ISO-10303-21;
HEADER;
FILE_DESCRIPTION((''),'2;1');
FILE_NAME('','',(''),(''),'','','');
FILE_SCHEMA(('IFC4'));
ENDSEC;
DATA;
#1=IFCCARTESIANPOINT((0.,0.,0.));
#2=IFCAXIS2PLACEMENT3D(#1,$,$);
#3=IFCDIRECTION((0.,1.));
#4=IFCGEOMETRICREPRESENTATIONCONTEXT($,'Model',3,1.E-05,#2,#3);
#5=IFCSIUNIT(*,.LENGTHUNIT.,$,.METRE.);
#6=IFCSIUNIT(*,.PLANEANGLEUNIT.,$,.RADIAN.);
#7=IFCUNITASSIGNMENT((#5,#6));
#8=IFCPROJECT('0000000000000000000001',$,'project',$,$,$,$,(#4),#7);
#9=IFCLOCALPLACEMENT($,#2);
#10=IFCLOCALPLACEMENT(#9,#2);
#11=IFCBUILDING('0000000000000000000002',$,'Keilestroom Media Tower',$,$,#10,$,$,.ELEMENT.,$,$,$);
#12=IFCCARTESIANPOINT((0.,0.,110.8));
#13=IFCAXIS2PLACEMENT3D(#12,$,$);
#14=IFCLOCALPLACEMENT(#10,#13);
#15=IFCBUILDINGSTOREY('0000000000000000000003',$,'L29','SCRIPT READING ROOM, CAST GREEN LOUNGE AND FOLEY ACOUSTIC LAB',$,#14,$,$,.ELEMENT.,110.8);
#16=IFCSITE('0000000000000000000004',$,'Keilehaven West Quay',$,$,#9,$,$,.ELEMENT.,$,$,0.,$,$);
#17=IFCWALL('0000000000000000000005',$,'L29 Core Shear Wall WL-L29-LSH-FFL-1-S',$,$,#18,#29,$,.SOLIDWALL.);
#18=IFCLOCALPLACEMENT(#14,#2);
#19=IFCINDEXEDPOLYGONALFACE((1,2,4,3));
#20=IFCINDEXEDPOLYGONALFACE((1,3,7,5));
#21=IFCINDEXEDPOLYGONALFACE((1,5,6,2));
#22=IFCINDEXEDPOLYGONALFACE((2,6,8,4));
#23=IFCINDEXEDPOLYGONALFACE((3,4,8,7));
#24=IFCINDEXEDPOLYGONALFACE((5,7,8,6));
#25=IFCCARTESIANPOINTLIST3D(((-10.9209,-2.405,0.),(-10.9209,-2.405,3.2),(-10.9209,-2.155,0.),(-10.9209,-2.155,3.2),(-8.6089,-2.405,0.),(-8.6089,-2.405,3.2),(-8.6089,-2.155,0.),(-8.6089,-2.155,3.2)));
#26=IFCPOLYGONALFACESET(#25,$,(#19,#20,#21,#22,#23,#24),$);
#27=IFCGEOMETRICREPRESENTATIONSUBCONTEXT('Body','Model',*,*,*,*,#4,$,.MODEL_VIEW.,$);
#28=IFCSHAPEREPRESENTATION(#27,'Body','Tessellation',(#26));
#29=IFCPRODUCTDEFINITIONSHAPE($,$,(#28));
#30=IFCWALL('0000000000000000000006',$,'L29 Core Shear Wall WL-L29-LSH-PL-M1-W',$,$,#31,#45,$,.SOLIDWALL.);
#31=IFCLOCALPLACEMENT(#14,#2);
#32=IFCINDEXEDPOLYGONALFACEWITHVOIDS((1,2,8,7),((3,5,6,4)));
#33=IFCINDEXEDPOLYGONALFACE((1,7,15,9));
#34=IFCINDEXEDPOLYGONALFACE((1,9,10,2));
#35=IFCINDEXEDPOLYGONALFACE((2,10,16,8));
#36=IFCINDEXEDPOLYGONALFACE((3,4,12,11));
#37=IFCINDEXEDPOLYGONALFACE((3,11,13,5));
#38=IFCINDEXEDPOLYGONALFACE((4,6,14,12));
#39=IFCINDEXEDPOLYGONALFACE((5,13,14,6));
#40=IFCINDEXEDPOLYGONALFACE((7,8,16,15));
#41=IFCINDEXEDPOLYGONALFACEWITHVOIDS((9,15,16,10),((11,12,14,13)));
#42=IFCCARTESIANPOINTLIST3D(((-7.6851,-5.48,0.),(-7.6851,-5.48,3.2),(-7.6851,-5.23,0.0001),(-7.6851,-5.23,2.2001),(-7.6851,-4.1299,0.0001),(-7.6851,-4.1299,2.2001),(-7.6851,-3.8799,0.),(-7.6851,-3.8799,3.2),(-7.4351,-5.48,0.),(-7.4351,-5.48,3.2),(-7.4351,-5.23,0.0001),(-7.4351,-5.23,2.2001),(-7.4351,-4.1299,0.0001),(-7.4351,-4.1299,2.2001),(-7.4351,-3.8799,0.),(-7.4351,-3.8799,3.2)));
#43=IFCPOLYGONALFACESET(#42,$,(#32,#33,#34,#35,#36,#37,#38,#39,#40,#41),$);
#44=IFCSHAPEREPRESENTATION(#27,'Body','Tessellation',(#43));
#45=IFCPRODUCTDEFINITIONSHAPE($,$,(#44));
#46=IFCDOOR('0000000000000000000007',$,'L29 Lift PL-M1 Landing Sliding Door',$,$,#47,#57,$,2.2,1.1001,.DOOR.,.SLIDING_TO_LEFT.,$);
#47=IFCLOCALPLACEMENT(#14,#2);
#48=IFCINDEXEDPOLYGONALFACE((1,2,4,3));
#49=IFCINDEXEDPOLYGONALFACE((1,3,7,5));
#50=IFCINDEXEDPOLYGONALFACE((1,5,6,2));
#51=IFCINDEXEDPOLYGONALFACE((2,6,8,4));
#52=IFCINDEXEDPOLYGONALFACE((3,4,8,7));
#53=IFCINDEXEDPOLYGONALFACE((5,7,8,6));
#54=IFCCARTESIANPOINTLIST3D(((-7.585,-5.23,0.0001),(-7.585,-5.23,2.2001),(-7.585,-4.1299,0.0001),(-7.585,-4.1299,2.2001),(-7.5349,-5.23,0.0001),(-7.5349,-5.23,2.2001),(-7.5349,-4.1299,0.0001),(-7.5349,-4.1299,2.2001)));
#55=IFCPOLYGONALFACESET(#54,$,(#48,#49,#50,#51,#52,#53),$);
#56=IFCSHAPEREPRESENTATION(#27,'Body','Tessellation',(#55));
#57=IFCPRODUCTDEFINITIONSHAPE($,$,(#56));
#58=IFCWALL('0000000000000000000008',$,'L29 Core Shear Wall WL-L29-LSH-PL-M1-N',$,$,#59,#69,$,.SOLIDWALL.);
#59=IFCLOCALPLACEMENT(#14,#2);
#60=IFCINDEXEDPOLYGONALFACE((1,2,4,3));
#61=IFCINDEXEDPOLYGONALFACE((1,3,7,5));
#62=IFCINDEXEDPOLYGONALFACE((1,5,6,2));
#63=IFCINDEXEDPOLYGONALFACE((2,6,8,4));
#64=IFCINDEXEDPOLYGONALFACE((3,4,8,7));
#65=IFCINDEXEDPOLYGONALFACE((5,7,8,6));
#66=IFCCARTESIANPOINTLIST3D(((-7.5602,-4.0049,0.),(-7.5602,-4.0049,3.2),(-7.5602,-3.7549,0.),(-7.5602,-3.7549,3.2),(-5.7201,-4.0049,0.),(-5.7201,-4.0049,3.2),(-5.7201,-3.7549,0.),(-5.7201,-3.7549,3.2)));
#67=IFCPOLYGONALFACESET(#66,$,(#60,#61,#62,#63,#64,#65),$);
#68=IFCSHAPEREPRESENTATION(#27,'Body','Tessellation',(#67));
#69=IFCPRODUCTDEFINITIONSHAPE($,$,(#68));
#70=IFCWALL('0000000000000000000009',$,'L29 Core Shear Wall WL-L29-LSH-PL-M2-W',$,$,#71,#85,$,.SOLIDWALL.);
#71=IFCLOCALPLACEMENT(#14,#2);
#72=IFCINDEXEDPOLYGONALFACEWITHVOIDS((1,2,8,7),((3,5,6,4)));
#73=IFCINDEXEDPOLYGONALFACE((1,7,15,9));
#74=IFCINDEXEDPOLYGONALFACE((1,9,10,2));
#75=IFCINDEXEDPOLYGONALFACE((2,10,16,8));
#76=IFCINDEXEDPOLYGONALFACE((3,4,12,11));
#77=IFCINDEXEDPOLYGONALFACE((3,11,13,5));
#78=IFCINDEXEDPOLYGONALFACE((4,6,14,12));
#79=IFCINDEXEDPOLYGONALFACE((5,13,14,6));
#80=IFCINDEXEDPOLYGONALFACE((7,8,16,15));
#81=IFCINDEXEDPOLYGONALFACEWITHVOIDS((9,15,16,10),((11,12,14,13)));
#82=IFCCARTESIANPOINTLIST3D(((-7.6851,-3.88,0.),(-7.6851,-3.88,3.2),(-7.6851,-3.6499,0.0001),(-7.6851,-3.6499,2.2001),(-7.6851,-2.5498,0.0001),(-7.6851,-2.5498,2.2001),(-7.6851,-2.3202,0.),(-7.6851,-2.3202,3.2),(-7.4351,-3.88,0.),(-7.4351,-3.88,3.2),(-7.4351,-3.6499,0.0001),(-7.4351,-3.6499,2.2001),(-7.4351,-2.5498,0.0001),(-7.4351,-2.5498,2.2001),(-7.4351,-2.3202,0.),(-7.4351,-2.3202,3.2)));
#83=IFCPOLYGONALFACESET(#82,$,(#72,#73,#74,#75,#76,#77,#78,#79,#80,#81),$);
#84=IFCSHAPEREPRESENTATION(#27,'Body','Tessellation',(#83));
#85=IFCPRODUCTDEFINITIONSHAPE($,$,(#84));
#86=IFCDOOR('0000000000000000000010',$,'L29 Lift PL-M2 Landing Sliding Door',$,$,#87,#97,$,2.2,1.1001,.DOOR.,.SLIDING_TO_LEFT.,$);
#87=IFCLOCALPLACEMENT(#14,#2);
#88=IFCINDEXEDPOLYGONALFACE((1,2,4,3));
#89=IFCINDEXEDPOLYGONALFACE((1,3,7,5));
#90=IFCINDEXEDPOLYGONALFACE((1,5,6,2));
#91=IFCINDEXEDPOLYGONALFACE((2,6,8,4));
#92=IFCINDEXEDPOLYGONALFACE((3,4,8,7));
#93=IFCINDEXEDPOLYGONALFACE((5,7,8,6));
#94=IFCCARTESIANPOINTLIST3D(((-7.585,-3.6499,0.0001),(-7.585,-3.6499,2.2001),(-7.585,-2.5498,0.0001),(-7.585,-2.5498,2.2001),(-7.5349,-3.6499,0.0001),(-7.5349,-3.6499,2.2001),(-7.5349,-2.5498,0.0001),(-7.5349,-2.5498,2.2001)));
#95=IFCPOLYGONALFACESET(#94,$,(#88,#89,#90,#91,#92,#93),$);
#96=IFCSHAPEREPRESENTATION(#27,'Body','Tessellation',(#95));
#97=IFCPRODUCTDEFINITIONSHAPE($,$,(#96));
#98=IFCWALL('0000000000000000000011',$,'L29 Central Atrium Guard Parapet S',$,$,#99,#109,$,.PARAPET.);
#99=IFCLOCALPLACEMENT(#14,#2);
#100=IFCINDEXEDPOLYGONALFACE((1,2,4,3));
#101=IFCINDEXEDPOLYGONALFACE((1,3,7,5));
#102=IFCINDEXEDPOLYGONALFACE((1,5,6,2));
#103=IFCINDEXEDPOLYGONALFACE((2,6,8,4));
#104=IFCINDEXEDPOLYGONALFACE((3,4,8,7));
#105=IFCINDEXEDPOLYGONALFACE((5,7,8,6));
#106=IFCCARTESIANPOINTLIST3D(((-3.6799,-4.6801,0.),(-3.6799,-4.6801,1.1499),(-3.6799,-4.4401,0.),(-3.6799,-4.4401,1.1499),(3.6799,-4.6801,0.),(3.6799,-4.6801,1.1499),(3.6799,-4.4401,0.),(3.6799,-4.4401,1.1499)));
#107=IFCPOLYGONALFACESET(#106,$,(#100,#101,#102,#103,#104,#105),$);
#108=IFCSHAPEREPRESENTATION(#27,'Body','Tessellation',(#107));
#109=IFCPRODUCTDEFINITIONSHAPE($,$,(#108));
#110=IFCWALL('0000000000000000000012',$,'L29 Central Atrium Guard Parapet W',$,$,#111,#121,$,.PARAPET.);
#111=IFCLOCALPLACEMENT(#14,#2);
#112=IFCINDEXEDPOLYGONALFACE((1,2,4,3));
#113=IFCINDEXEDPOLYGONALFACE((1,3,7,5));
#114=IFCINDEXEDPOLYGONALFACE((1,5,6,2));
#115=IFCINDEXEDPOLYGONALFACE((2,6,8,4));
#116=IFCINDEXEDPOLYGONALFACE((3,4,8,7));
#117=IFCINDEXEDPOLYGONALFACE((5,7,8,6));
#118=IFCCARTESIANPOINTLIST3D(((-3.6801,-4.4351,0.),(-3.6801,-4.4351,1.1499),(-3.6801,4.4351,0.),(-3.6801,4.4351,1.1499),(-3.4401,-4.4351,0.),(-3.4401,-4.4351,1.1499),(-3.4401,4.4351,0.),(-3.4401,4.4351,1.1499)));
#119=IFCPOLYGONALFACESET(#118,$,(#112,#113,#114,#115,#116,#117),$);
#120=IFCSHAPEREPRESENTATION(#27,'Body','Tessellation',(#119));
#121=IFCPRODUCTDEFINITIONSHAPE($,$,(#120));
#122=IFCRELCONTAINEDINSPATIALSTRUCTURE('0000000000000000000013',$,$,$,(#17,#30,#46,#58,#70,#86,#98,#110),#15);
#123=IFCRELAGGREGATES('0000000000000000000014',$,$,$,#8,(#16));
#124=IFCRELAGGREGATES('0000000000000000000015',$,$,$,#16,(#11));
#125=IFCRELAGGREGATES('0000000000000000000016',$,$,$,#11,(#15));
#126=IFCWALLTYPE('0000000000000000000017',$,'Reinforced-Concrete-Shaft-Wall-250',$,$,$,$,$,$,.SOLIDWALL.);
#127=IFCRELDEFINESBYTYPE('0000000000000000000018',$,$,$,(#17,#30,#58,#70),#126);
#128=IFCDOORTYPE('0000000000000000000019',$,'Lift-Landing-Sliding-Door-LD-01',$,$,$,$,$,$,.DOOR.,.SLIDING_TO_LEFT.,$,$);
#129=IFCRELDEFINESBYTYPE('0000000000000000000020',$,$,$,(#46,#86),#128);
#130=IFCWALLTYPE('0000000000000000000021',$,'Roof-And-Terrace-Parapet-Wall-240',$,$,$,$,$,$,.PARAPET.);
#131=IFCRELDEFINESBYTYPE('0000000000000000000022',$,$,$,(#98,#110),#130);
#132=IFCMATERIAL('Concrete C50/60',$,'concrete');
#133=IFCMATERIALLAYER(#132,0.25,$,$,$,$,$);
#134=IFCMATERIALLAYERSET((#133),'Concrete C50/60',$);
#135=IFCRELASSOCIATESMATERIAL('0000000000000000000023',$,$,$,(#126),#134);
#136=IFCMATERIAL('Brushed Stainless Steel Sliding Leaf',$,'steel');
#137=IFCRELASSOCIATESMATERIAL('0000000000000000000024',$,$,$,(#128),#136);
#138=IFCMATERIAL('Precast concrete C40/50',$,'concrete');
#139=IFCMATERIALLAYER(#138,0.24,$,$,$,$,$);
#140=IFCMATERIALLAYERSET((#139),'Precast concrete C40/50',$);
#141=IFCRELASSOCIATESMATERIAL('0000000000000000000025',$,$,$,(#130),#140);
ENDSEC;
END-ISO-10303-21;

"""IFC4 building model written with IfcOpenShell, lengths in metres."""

from ifc_helpers import new_model, si_unit, direction, frame, frame_2d, origin, place, context, subcontext, project, spatial, rectangle, extrude, source, transform, mapped, material, layer, layer_set, type_object, element, fill, save


model = new_model("IFC4")

# Units and contexts
model_context = context("Model", 3, precision=1e-05, world=origin(), true_north=direction((0.0, 1.0)))
body_context = subcontext(model_context, "Body", "Model", "MODEL_VIEW")
ifc_project = project(units=[si_unit("LENGTHUNIT", "METRE"), si_unit("PLANEANGLEUNIT", "RADIAN")], contexts=[model_context])

# Site, building, storey
site_placement = place(None, origin())
site = spatial("IfcSite", under=ifc_project, at=site_placement, Name="Keilehaven West Quay", CompositionType="ELEMENT", RefElevation=0.0)
building_placement = place(site_placement, origin())
building = spatial("IfcBuilding", under=site, at=building_placement, Name="Keilestroom Media Tower", CompositionType="ELEMENT")
storey_placement = place(building_placement, frame((0.0, 0.0, 110.8)))
storey = spatial("IfcBuildingStorey", under=building, at=storey_placement, Name="L29", Description="SCRIPT READING ROOM, CAST GREEN LOUNGE AND FOLEY ACOUSTIC LAB", CompositionType="ELEMENT", Elevation=110.8)

# Shared definitions
ifc_material_1 = material(Name="Concrete C50/60", Category="concrete")
ifc_layer_1 = layer(ifc_material_1, 0.25)
ifc_layer_set_1 = layer_set([ifc_layer_1], Name="Concrete C50/60")
wall_type_1 = type_object("IfcWallType", Name="Reinforced-Concrete-Shaft-Wall-250", PredefinedType="SOLIDWALL", material=ifc_layer_set_1)

# Shared definitions
ifc_material_2 = material(Name="Brushed Stainless Steel Sliding Leaf", Category="steel")

# Wall
wall_1_placement = place(storey_placement, frame((-10.9209, -2.28, 0.0), z_axis=(0.0, 0.0, 1.0), x_axis=(1.0, 0.0, 0.0)))
element("IfcWall", 1, at=wall_1_placement, inside=storey, type_object=wall_type_1, Name="L29 Core Shear Wall WL-L29-LSH-FFL-1-S", PredefinedType="SOLIDWALL", context=body_context, shape_type="SweptSolid", body=[
    extrude(rectangle(XDim=2.312, YDim=0.25, at=frame_2d((1.156, 0.0))), origin(), (0.0, 0.0, 1.0), 3.2),
])

# Wall, opening, door
wall_2_placement = place(storey_placement, frame((-7.5601, -5.48, 0.0), z_axis=(0.0, 0.0, 1.0), x_axis=(0.0, 1.0, 0.0)))
wall_2 = element("IfcWall", 2, at=wall_2_placement, inside=storey, type_object=wall_type_1, Name="L29 Core Shear Wall WL-L29-LSH-PL-M1-W", PredefinedType="SOLIDWALL", context=body_context, shape_type="SweptSolid", body=[
    extrude(rectangle(XDim=1.6001, YDim=0.25, at=frame_2d((0.8, 0.0))), origin(), (0.0, 0.0, 1.0), 3.2),
])
opening_1_placement = place(wall_2_placement, frame((0.25, 0.0, 0.0)))
opening_1 = element("IfcOpeningElement", 3, at=opening_1_placement, cuts=wall_2, PredefinedType="OPENING", context=body_context, shape_type="SweptSolid", body=[
    extrude(rectangle(XDim=1.1001, YDim=2.2, at=frame_2d((0.55, 1.1001))), frame((0.0, 0.135, 0.0), z_axis=(0.0, -1.0, 0.0), x_axis=(1.0, 0.0, 0.0)), (0.0, 0.0, 1.0), 0.27),
])
door_type_1 = type_object("IfcDoorType", Name="Lift-Landing-Sliding-Door-LD-01", OperationType="SLIDING_TO_LEFT", PredefinedType="DOOR", material=ifc_material_2)
shared_shape_1 = source(origin(), body_context, "Body", "SweptSolid", [
    extrude(rectangle(XDim=1.1001, YDim=2.2, at=frame_2d((0.55, 1.1001))), frame((0.0, 0.0249, 0.0), z_axis=(0.0, -1.0, 0.0), x_axis=(1.0, 0.0, 0.0)), (0.0, 0.0, 1.0), 0.05),
])
door_1_placement = place(opening_1_placement, origin())
door_1 = element("IfcDoor", 4, at=door_1_placement, inside=storey, type_object=door_type_1, Name="L29 Lift PL-M1 Landing Sliding Door", OperationType="SLIDING_TO_LEFT", OverallHeight=2.2, OverallWidth=1.1001, PredefinedType="DOOR", context=body_context, shape_type="MappedRepresentation", body=[
    mapped(shared_shape_1, transform((0.0, 0.0, 0.0), x_axis=(1.0, 0.0, 0.0), y_axis=(0.0, 1.0, 0.0), z_axis=(0.0, 0.0, 1.0), scale=1.0)),
])
fill(opening_1, door_1)

# Wall
wall_3_placement = place(storey_placement, frame((-7.5601, -3.8799, 0.0), z_axis=(0.0, 0.0, 1.0), x_axis=(1.0, 0.0, 0.0)))
element("IfcWall", 5, at=wall_3_placement, inside=storey, type_object=wall_type_1, Name="L29 Core Shear Wall WL-L29-LSH-PL-M1-N", PredefinedType="SOLIDWALL", context=body_context, shape_type="SweptSolid", body=[
    extrude(rectangle(XDim=1.8401, YDim=0.25, at=frame_2d((0.9199, 0.0))), origin(), (0.0, 0.0, 1.0), 3.2),
])

# Wall, opening, door
wall_4_placement = place(storey_placement, frame((-7.5601, -3.8799, 0.0), z_axis=(0.0, 0.0, 1.0), x_axis=(0.0, 1.0, 0.0)))
wall_4 = element("IfcWall", 6, at=wall_4_placement, inside=storey, type_object=wall_type_1, Name="L29 Core Shear Wall WL-L29-LSH-PL-M2-W", PredefinedType="SOLIDWALL", context=body_context, shape_type="SweptSolid", body=[
    extrude(rectangle(XDim=1.5598, YDim=0.25, at=frame_2d((0.7798, 0.0))), origin(), (0.0, 0.0, 1.0), 3.2),
])
opening_2_placement = place(wall_4_placement, frame((0.23, 0.0, 0.0)))
opening_2 = element("IfcOpeningElement", 7, at=opening_2_placement, cuts=wall_4, PredefinedType="OPENING", context=body_context, shape_type="SweptSolid", body=[
    extrude(rectangle(XDim=1.1001, YDim=2.2, at=frame_2d((0.55, 1.1001))), frame((0.0, 0.135, 0.0), z_axis=(0.0, -1.0, 0.0), x_axis=(1.0, 0.0, 0.0)), (0.0, 0.0, 1.0), 0.27),
])
door_2_placement = place(opening_2_placement, origin())
door_2 = element("IfcDoor", 8, at=door_2_placement, inside=storey, type_object=door_type_1, Name="L29 Lift PL-M2 Landing Sliding Door", OperationType="SLIDING_TO_LEFT", OverallHeight=2.2, OverallWidth=1.1001, PredefinedType="DOOR", context=body_context, shape_type="MappedRepresentation", body=[
    mapped(shared_shape_1, transform((0.0, 0.0, 0.0), x_axis=(1.0, 0.0, 0.0), y_axis=(0.0, 1.0, 0.0), z_axis=(0.0, 0.0, 1.0), scale=1.0)),
])
fill(opening_2, door_2)

# Walls
ifc_material_3 = material(Name="Precast concrete C40/50", Category="concrete")
ifc_layer_2 = layer(ifc_material_3, 0.24)
ifc_layer_set_2 = layer_set([ifc_layer_2], Name="Precast concrete C40/50")
wall_type_2 = type_object("IfcWallType", Name="Roof-And-Terrace-Parapet-Wall-240", PredefinedType="PARAPET", material=ifc_layer_set_2)
wall_5_placement = place(storey_placement, frame((-3.6799, -4.5601, 0.0), z_axis=(0.0, 0.0, 1.0), x_axis=(1.0, 0.0, 0.0)))
element("IfcWall", 9, at=wall_5_placement, inside=storey, type_object=wall_type_2, Name="L29 Central Atrium Guard Parapet S", PredefinedType="PARAPET", context=body_context, shape_type="SweptSolid", body=[
    extrude(rectangle(XDim=7.3599, YDim=0.24, at=frame_2d((3.6799, 0.0))), origin(), (0.0, 0.0, 1.0), 1.1499),
])
wall_6_placement = place(storey_placement, frame((-3.5601, -4.4351, 0.0), z_axis=(0.0, 0.0, 1.0), x_axis=(0.0, 1.0, 0.0)))
element("IfcWall", 10, at=wall_6_placement, inside=storey, type_object=wall_type_2, Name="L29 Central Atrium Guard Parapet W", PredefinedType="PARAPET", context=body_context, shape_type="SweptSolid", body=[
    extrude(rectangle(XDim=8.8701, YDim=0.24, at=frame_2d((4.4351, 0.0))), origin(), (0.0, 0.0, 1.0), 1.1499),
])

save(model, "model.ifc")
